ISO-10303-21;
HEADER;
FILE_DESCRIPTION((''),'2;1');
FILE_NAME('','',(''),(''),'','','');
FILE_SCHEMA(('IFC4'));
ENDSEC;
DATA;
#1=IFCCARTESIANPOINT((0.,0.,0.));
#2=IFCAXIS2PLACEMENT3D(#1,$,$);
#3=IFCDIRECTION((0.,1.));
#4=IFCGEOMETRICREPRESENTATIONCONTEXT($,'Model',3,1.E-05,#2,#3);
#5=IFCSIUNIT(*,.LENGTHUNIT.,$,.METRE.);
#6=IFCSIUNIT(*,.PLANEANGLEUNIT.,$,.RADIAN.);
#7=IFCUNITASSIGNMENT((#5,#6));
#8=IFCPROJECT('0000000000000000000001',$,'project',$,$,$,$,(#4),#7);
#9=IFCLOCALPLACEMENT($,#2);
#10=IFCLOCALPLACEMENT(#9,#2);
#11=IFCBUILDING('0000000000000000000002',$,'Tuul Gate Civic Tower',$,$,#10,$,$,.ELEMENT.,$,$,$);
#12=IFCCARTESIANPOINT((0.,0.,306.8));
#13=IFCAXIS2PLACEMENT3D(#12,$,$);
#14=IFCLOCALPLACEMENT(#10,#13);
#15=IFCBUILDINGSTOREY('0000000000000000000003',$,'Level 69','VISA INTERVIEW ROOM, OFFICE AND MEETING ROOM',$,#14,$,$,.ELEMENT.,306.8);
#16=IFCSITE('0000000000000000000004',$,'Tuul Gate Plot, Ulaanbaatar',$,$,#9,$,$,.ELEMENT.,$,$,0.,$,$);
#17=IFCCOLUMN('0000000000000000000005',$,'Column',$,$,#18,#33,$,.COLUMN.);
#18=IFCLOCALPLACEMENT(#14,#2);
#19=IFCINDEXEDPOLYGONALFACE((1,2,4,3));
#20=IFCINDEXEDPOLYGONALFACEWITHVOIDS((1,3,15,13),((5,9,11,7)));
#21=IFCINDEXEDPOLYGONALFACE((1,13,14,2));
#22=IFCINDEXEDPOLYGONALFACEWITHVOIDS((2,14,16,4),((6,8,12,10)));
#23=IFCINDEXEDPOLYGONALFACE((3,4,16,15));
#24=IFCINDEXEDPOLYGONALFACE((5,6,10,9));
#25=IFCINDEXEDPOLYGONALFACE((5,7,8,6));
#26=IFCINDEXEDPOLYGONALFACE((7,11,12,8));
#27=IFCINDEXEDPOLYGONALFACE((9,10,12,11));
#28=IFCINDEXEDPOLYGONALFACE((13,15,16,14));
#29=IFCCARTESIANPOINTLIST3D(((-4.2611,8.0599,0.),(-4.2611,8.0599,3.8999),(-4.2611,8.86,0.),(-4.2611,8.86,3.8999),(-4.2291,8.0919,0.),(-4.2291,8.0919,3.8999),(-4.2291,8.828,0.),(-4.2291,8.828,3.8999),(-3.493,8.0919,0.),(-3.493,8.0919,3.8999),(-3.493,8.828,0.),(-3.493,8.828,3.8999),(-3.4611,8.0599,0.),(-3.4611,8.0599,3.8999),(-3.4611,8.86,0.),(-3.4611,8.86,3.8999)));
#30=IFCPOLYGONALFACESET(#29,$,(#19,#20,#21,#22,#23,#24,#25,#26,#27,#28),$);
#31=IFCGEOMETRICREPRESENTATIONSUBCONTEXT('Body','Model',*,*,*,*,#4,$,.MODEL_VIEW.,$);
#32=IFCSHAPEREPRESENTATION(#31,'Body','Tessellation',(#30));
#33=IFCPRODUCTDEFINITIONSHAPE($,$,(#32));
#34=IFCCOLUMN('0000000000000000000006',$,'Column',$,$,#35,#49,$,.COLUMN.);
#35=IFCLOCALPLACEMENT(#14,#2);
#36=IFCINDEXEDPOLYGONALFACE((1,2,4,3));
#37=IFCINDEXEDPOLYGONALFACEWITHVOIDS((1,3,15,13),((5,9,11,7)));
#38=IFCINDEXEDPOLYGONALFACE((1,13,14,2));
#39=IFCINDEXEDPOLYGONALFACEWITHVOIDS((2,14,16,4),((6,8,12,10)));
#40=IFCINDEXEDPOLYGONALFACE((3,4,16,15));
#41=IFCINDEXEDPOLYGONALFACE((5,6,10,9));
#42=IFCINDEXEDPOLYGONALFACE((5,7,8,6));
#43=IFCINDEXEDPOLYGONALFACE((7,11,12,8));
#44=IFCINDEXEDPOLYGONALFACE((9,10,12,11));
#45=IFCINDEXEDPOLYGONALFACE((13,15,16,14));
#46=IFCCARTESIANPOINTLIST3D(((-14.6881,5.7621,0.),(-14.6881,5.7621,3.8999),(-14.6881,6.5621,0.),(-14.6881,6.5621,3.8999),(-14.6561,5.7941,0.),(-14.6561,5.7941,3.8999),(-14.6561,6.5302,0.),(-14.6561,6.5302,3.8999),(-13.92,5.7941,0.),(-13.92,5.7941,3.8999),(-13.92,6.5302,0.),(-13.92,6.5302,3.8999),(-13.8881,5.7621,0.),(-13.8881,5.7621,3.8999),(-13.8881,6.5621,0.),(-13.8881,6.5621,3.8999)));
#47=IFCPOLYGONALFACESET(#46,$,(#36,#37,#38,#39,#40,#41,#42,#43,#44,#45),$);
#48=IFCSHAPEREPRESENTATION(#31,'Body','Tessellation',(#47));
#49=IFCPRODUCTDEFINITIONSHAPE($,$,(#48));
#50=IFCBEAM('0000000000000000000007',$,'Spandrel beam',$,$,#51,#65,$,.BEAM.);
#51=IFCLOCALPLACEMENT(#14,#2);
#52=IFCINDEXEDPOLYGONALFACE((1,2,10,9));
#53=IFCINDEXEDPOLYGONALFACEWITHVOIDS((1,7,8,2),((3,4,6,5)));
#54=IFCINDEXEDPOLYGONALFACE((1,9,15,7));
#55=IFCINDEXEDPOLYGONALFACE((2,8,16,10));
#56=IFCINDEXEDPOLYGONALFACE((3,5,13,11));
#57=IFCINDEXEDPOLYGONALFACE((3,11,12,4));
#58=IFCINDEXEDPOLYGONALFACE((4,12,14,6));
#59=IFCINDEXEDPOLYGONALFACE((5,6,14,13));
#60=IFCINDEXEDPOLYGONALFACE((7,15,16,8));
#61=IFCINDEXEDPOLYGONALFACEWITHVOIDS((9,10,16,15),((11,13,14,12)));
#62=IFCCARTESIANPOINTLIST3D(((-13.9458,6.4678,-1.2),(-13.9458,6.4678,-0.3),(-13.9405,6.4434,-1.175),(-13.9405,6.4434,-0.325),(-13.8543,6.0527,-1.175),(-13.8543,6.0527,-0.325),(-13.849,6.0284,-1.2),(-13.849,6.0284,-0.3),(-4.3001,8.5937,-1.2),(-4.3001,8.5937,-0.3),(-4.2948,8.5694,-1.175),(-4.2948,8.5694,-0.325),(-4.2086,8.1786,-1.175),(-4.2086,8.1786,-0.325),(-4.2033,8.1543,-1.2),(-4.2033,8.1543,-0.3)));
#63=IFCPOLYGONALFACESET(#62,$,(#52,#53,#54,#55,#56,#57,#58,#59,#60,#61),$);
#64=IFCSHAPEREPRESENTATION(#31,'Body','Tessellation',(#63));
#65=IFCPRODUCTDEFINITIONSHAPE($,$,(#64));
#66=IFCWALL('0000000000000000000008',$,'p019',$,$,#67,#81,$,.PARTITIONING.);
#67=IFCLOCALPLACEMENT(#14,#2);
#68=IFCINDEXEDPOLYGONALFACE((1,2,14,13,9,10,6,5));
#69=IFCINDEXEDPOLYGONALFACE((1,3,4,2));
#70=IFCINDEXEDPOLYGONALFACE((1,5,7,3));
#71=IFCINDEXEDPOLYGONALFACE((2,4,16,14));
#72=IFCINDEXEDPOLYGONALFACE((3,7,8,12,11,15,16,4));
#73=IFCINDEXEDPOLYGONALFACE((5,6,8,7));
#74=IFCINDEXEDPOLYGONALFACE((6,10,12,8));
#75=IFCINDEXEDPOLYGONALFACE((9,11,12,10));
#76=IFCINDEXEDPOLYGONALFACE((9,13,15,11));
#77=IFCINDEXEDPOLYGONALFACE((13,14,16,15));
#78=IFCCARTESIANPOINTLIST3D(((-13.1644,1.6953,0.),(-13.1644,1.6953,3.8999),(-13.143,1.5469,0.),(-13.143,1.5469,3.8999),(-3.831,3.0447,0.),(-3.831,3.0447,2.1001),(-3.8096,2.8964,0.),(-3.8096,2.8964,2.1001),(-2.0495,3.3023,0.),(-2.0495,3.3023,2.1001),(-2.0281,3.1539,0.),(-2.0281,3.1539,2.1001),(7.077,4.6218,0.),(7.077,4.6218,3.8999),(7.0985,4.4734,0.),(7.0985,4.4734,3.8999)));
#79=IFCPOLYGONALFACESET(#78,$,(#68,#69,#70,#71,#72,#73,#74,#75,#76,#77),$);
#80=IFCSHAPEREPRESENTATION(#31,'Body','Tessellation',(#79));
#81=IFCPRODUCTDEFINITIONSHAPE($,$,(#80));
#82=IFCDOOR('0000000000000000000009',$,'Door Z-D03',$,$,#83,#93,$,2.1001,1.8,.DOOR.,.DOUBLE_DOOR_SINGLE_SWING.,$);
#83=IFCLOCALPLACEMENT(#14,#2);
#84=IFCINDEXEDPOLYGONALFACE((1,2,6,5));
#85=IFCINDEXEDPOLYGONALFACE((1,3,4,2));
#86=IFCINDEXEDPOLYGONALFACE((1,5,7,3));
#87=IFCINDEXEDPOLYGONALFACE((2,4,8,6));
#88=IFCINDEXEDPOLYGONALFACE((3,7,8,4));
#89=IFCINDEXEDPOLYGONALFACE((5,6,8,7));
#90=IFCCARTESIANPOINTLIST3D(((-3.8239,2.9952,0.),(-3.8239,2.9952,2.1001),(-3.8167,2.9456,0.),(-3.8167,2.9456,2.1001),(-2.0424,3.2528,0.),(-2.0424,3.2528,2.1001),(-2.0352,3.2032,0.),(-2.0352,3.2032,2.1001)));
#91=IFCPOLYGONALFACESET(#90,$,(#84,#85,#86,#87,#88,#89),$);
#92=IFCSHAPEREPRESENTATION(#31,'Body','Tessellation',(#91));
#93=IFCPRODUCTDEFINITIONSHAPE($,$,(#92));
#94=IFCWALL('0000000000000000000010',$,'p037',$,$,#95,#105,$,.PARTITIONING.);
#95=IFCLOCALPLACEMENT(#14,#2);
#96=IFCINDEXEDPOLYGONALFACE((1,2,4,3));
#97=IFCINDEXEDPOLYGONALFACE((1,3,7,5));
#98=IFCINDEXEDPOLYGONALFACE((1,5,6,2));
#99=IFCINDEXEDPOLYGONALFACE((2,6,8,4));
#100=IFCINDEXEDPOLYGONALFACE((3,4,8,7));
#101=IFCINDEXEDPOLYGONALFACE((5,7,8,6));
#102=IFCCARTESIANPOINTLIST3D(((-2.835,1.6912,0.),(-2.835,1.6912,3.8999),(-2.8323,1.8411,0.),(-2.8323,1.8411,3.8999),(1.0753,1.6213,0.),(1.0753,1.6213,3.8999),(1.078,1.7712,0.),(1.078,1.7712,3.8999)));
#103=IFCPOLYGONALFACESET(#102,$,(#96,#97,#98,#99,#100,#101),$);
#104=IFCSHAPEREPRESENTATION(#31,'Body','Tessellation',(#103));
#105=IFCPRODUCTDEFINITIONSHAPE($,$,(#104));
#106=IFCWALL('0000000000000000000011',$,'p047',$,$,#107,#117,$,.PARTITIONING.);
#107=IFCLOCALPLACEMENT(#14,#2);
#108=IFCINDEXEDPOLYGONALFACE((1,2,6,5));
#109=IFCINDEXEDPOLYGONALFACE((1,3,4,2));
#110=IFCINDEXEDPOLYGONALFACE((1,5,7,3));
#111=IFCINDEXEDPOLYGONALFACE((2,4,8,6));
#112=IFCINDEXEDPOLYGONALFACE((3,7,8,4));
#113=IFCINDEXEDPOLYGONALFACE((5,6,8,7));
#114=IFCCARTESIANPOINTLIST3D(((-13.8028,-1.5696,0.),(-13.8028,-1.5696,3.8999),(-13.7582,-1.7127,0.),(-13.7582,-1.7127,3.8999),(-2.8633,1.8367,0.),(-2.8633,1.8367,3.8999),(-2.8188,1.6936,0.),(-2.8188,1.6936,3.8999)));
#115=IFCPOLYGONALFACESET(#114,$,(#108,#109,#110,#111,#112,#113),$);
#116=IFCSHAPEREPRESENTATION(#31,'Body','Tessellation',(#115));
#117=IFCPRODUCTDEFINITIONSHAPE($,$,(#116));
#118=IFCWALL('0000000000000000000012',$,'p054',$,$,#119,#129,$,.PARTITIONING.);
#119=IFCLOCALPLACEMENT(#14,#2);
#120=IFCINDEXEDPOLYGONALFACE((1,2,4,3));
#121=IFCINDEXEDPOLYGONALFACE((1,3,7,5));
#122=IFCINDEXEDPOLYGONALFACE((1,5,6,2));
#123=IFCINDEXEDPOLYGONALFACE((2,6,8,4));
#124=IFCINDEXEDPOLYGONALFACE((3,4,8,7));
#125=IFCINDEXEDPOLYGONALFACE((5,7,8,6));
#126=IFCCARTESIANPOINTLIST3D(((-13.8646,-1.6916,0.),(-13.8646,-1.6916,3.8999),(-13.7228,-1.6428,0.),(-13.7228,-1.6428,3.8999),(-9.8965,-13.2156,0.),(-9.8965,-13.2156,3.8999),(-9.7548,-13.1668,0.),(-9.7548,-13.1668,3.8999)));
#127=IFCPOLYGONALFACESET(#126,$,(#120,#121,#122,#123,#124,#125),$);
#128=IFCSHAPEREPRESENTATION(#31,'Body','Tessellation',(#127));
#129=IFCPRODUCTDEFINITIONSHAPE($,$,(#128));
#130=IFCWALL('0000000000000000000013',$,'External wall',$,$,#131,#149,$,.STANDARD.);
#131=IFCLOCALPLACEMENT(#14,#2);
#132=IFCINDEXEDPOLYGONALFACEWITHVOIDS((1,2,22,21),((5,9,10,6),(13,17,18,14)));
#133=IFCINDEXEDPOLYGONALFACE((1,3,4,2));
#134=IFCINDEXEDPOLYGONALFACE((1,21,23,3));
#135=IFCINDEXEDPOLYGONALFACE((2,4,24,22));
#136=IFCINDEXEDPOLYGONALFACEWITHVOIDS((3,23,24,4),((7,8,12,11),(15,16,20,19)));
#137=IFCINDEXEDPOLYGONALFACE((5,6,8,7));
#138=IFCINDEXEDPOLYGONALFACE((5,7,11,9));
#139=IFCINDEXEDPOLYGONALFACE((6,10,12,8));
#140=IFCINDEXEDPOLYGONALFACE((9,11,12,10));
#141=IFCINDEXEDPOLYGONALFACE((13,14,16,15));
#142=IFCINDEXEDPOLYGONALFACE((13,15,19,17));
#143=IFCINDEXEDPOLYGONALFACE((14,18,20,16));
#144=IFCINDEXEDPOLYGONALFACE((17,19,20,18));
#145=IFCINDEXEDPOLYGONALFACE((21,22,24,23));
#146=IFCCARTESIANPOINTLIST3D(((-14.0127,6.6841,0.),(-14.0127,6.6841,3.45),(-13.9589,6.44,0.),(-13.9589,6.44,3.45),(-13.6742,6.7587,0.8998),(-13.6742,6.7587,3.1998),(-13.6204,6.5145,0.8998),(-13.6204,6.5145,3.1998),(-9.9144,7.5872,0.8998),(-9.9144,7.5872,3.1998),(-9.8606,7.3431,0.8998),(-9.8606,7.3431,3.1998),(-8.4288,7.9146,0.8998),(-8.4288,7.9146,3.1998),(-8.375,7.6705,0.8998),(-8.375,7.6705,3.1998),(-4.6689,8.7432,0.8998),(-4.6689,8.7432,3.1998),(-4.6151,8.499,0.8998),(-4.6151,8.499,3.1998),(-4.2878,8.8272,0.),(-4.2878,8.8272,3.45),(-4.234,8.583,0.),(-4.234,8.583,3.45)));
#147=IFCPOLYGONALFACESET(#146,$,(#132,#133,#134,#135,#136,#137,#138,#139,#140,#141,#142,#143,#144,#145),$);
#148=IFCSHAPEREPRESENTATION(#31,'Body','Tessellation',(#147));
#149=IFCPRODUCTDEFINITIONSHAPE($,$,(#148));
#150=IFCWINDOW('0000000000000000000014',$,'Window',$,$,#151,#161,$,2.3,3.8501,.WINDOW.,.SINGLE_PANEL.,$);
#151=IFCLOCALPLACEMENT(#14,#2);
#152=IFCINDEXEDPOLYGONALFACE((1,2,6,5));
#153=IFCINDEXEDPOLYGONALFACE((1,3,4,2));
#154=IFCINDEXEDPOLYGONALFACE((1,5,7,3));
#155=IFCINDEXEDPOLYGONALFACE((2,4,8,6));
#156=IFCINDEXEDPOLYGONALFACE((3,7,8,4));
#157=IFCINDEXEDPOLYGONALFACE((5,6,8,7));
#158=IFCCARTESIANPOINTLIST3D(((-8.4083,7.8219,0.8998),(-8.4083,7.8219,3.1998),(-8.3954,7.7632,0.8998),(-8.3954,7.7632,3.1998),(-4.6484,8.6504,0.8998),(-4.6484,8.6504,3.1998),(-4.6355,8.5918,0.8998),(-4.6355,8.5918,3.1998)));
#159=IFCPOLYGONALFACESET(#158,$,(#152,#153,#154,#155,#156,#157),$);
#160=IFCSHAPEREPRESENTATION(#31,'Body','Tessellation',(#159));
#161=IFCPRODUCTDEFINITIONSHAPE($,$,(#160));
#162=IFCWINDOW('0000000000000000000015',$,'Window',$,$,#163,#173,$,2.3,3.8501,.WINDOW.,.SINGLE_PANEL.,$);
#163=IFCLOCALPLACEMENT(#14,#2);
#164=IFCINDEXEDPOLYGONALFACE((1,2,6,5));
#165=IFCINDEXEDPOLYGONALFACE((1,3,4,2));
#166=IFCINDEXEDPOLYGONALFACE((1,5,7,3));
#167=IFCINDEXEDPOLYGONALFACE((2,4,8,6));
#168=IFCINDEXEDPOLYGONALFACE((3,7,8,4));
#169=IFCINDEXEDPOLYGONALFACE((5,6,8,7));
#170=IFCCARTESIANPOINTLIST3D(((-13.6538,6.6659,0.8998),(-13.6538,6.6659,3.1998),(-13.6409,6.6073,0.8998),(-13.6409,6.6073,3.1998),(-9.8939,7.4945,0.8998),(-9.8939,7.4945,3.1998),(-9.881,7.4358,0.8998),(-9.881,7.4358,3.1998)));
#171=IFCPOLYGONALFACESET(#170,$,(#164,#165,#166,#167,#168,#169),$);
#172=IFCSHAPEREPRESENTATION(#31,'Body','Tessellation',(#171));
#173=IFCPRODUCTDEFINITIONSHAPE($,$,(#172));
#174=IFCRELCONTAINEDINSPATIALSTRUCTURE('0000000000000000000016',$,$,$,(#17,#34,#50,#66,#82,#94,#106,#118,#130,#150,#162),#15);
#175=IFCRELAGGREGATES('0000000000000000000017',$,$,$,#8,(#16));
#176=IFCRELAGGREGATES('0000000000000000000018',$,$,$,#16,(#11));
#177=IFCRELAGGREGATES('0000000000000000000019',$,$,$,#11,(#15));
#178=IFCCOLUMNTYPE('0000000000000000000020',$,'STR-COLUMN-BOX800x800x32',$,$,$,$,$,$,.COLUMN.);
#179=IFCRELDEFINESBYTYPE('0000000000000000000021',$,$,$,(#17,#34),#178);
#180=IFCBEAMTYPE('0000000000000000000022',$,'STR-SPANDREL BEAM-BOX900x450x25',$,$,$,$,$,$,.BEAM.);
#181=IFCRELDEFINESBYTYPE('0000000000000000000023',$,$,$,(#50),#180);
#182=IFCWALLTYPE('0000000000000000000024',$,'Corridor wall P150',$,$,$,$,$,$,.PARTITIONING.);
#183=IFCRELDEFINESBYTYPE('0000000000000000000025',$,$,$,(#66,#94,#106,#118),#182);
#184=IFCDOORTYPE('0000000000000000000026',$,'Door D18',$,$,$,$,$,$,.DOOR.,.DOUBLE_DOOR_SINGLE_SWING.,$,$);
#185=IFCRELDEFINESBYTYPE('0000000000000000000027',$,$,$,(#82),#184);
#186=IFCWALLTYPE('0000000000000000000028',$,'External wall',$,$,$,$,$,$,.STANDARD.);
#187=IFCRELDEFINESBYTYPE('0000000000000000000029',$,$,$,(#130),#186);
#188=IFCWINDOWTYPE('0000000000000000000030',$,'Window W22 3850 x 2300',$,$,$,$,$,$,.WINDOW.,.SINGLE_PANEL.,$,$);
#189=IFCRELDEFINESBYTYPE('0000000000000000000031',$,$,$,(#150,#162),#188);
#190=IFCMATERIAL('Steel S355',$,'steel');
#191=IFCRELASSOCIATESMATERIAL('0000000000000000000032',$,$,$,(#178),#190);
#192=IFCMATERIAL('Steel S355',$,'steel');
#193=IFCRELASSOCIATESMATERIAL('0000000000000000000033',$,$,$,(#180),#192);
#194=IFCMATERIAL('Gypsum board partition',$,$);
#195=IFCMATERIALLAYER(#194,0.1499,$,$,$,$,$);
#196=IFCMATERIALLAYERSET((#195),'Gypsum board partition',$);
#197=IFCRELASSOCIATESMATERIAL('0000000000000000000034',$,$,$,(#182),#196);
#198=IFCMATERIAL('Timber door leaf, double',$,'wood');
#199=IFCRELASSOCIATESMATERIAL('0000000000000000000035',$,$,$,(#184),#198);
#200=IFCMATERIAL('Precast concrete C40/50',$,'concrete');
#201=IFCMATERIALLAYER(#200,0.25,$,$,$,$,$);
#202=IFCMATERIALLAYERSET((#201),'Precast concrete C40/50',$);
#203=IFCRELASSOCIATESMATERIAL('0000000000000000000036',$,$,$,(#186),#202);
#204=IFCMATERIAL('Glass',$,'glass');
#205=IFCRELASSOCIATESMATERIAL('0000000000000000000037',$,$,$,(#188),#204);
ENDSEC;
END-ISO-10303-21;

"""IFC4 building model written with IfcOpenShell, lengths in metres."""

from ifc_helpers import new_model, si_unit, direction, frame, frame_2d, origin, origin_2d, place, context, subcontext, project, spatial, rectangle, hollow_rectangle, extrude, material, layer, layer_set, material_profile, profile_set, type_object, element, fill, save


model = new_model("IFC4")

# Units and contexts
model_context = context("Model", 3, precision=1e-05, world=origin(), true_north=direction((0.0, 1.0)))
body_context = subcontext(model_context, "Body", "Model", "MODEL_VIEW")
ifc_project = project(units=[si_unit("LENGTHUNIT", "METRE"), si_unit("PLANEANGLEUNIT", "RADIAN")], contexts=[model_context])

# Site, building, storey
site_placement = place(None, origin())
site = spatial("IfcSite", under=ifc_project, at=site_placement, Name="Tuul Gate Plot, Ulaanbaatar", CompositionType="ELEMENT", RefElevation=0.0)
building_placement = place(site_placement, origin())
building = spatial("IfcBuilding", under=site, at=building_placement, Name="Tuul Gate Civic Tower", CompositionType="ELEMENT")
storey_placement = place(building_placement, frame((0.0, 0.0, 306.8)))
storey = spatial("IfcBuildingStorey", under=building, at=storey_placement, Name="Level 69", Description="VISA INTERVIEW ROOM, OFFICE AND MEETING ROOM", CompositionType="ELEMENT", Elevation=306.8)

# Columns
ifc_material_1 = material(Name="Steel S355", Category="steel")
ifc_material_profile_1 = material_profile(ifc_material_1, hollow_rectangle(XDim=0.8, YDim=0.8, WallThickness=0.032, at=origin_2d()), Name="BOX800x800x32")
ifc_profile_set_1 = profile_set([ifc_material_profile_1], Name="Steel S355")
column_type = type_object("IfcColumnType", Name="STR-COLUMN-BOX800x800x32", PredefinedType="COLUMN", material=ifc_profile_set_1)
for number, where, z_axis, x_axis, name in (
    (1, (-3.8611, 8.46, 0.0), (0.0, 0.0, 1.0), (1.0, 0.0, 0.0), "Column"),
    (2, (-14.2881, 6.1621, 0.0), (0.0, 0.0, 1.0), (1.0, 0.0, 0.0), "Column"),
):
    element("IfcColumn", number, at=place(storey_placement, frame(where, z_axis=z_axis, x_axis=x_axis)), inside=storey, type_object=column_type, Name=name, PredefinedType="COLUMN", context=body_context, shape_type="SweptSolid", body=[
        extrude(hollow_rectangle(XDim=0.8, YDim=0.8, WallThickness=0.032, at=origin_2d()), origin(), (0.0, 0.0, 1.0), 3.8999),
    ])

# Beam
ifc_material_2 = material(Name="Steel S355", Category="steel")
ifc_material_profile_2 = material_profile(ifc_material_2, hollow_rectangle(XDim=0.45, YDim=0.8999, WallThickness=0.0249, at=origin_2d()), Name="BOX900x450x25")
ifc_profile_set_2 = profile_set([ifc_material_profile_2], Name="Steel S355")
beam_type = type_object("IfcBeamType", Name="STR-SPANDREL BEAM-BOX900x450x25", PredefinedType="BEAM", material=ifc_profile_set_2)
beam_placement = place(storey_placement, frame((-4.2517, 8.374, -0.75), z_axis=(-0.976561, -0.215239, 0.0), x_axis=(0.215239, -0.976561, 0.0)))
element("IfcBeam", 3, at=beam_placement, inside=storey, type_object=beam_type, Name="Spandrel beam", PredefinedType="BEAM", context=body_context, shape_type="SweptSolid", body=[
    extrude(hollow_rectangle(XDim=0.45, YDim=0.8999, WallThickness=0.0249, at=origin_2d()), origin(), (0.0, 0.0, 1.0), 9.8772),
])

# Wall, opening, door
ifc_material_3 = material(Name="Gypsum board partition")
ifc_layer_1 = layer(ifc_material_3, 0.1499)
ifc_layer_set_1 = layer_set([ifc_layer_1], Name="Gypsum board partition")
wall_type_1 = type_object("IfcWallType", Name="Corridor wall P150", PredefinedType="PARTITIONING", material=ifc_layer_set_1)
wall_1_placement = place(storey_placement, frame((-13.1538, 1.6211, 0.0), z_axis=(0.0, 0.0, 1.0), x_axis=(0.989709, 0.143092, 0.0)))
wall_1 = element("IfcWall", 4, at=wall_1_placement, inside=storey, type_object=wall_type_1, Name="p019", PredefinedType="PARTITIONING", context=body_context, shape_type="SweptSolid", body=[
    extrude(rectangle(XDim=20.4519, YDim=0.1499, at=frame_2d((10.2261, 0.0))), origin(), (0.0, 0.0, 1.0), 3.8999),
])
opening_1_placement = place(wall_1_placement, frame((9.4307, 0.0, 0.0)))
opening_1 = element("IfcOpeningElement", 5, at=opening_1_placement, cuts=wall_1, PredefinedType="OPENING", context=body_context, shape_type="SweptSolid", body=[
    extrude(rectangle(XDim=1.8, YDim=2.1001, at=frame_2d((0.8999, 1.05))), frame((0.0, 0.085, 0.0), z_axis=(0.0, -1.0, 0.0), x_axis=(1.0, 0.0, 0.0)), (0.0, 0.0, 1.0), 0.1699),
])
ifc_material_4 = material(Name="Timber door leaf, double", Category="wood")
door_type = type_object("IfcDoorType", Name="Door D18", OperationType="DOUBLE_DOOR_SINGLE_SWING", PredefinedType="DOOR", material=ifc_material_4)
door_placement = place(opening_1_placement, origin())
door = element("IfcDoor", 6, at=door_placement, inside=storey, type_object=door_type, Name="Door Z-D03", OperationType="DOUBLE_DOOR_SINGLE_SWING", OverallHeight=2.1001, OverallWidth=1.8, PredefinedType="DOOR", context=body_context, shape_type="SweptSolid", body=[
    extrude(rectangle(XDim=1.8, YDim=2.1001, at=frame_2d((0.8999, 1.05))), frame((0.0, 0.0249, 0.0), z_axis=(0.0, -1.0, 0.0), x_axis=(1.0, 0.0, 0.0)), (0.0, 0.0, 1.0), 0.05),
])
fill(opening_1, door)

# Walls
wall_2_placement = place(storey_placement, frame((-2.8337, 1.7661, 0.0), z_axis=(0.0, 0.0, 1.0), x_axis=(0.999841, -0.017854, 0.0)))
element("IfcWall", 7, at=wall_2_placement, inside=storey, type_object=wall_type_1, Name="p037", PredefinedType="PARTITIONING", context=body_context, shape_type="SweptSolid", body=[
    extrude(rectangle(XDim=3.9109, YDim=0.1499, at=frame_2d((1.9556, 0.0))), origin(), (0.0, 0.0, 1.0), 3.8999),
])
wall_3_placement = place(storey_placement, frame((-13.7805, -1.6411, 0.0), z_axis=(0.0, 0.0, 1.0), x_axis=(0.954786, 0.297294, 0.0)))
element("IfcWall", 8, at=wall_3_placement, inside=storey, type_object=wall_type_1, Name="p047", PredefinedType="PARTITIONING", context=body_context, shape_type="SweptSolid", body=[
    extrude(rectangle(XDim=11.4575, YDim=0.1499, at=frame_2d((5.7288, 0.0))), origin(), (0.0, 0.0, 1.0), 3.8999),
])
wall_4_placement = place(storey_placement, frame((-13.7937, -1.6672, 0.0), z_axis=(0.0, 0.0, 1.0), x_axis=(0.325569, -0.945518, 0.0)))
element("IfcWall", 9, at=wall_4_placement, inside=storey, type_object=wall_type_1, Name="p054", PredefinedType="PARTITIONING", context=body_context, shape_type="SweptSolid", body=[
    extrude(rectangle(XDim=12.188, YDim=0.1499, at=frame_2d((6.094, 0.0))), origin(), (0.0, 0.0, 1.0), 3.8999),
])

# Wall, openings, windows
ifc_material_5 = material(Name="Precast concrete C40/50", Category="concrete")
ifc_layer_2 = layer(ifc_material_5, 0.25)
ifc_layer_set_2 = layer_set([ifc_layer_2], Name="Precast concrete C40/50")
wall_type_2 = type_object("IfcWallType", Name="External wall", PredefinedType="STANDARD", material=ifc_layer_set_2)
wall_5_placement = place(storey_placement, frame((-4.261, 8.7051, 0.0), z_axis=(0.0, 0.0, 1.0), x_axis=(-0.976569, -0.215206, 0.0)))
wall_5 = element("IfcWall", 10, at=wall_5_placement, inside=storey, type_object=wall_type_2, Name="External wall", PredefinedType="STANDARD", context=body_context, shape_type="SweptSolid", body=[
    extrude(rectangle(XDim=9.9583, YDim=0.25, at=frame_2d((4.979, 0.0))), origin(), (0.0, 0.0, 1.0), 3.45),
])
opening_2_placement = place(wall_5_placement, frame((0.3901, 0.0, 0.8999)))
opening_2 = element("IfcOpeningElement", 11, at=opening_2_placement, cuts=wall_5, PredefinedType="OPENING", context=body_context, shape_type="SweptSolid", body=[
    extrude(rectangle(XDim=3.8501, YDim=2.3, at=frame_2d((1.925, 1.1499))), frame((0.0, 0.135, 0.0), z_axis=(0.0, -1.0, 0.0), x_axis=(1.0, 0.0, 0.0)), (0.0, 0.0, 1.0), 0.27),
])
opening_3_placement = place(wall_5_placement, frame((5.7615, 0.0, 0.8999)))
opening_3 = element("IfcOpeningElement", 12, at=opening_3_placement, cuts=wall_5, PredefinedType="OPENING", context=body_context, shape_type="SweptSolid", body=[
    extrude(rectangle(XDim=3.8501, YDim=2.3, at=frame_2d((1.925, 1.1499))), frame((0.0, 0.135, 0.0), z_axis=(0.0, -1.0, 0.0), x_axis=(1.0, 0.0, 0.0)), (0.0, 0.0, 1.0), 0.27),
])
ifc_material_6 = material(Name="Glass", Category="glass")
window_type = type_object("IfcWindowType", Name="Window W22 3850 x 2300", PartitioningType="SINGLE_PANEL", PredefinedType="WINDOW", material=ifc_material_6)
window_1_placement = place(opening_2_placement, origin())
window_1 = element("IfcWindow", 13, at=window_1_placement, inside=storey, type_object=window_type, Name="Window", OverallHeight=2.3, OverallWidth=3.8501, PartitioningType="SINGLE_PANEL", PredefinedType="WINDOW", context=body_context, shape_type="SweptSolid", body=[
    extrude(rectangle(XDim=3.8501, YDim=2.3, at=frame_2d((1.925, 1.1499))), frame((0.0, 0.03, 0.0), z_axis=(0.0, -1.0, 0.0), x_axis=(1.0, 0.0, 0.0)), (0.0, 0.0, 1.0), 0.0601),
])
fill(opening_2, window_1)
window_2_placement = place(opening_3_placement, origin())
window_2 = element("IfcWindow", 14, at=window_2_placement, inside=storey, type_object=window_type, Name="Window", OverallHeight=2.3, OverallWidth=3.8501, PartitioningType="SINGLE_PANEL", PredefinedType="WINDOW", context=body_context, shape_type="SweptSolid", body=[
    extrude(rectangle(XDim=3.8501, YDim=2.3, at=frame_2d((1.925, 1.1499))), frame((0.0, 0.03, 0.0), z_axis=(0.0, -1.0, 0.0), x_axis=(1.0, 0.0, 0.0)), (0.0, 0.0, 1.0), 0.0601),
])
fill(opening_3, window_2)

save(model, "model.ifc")
